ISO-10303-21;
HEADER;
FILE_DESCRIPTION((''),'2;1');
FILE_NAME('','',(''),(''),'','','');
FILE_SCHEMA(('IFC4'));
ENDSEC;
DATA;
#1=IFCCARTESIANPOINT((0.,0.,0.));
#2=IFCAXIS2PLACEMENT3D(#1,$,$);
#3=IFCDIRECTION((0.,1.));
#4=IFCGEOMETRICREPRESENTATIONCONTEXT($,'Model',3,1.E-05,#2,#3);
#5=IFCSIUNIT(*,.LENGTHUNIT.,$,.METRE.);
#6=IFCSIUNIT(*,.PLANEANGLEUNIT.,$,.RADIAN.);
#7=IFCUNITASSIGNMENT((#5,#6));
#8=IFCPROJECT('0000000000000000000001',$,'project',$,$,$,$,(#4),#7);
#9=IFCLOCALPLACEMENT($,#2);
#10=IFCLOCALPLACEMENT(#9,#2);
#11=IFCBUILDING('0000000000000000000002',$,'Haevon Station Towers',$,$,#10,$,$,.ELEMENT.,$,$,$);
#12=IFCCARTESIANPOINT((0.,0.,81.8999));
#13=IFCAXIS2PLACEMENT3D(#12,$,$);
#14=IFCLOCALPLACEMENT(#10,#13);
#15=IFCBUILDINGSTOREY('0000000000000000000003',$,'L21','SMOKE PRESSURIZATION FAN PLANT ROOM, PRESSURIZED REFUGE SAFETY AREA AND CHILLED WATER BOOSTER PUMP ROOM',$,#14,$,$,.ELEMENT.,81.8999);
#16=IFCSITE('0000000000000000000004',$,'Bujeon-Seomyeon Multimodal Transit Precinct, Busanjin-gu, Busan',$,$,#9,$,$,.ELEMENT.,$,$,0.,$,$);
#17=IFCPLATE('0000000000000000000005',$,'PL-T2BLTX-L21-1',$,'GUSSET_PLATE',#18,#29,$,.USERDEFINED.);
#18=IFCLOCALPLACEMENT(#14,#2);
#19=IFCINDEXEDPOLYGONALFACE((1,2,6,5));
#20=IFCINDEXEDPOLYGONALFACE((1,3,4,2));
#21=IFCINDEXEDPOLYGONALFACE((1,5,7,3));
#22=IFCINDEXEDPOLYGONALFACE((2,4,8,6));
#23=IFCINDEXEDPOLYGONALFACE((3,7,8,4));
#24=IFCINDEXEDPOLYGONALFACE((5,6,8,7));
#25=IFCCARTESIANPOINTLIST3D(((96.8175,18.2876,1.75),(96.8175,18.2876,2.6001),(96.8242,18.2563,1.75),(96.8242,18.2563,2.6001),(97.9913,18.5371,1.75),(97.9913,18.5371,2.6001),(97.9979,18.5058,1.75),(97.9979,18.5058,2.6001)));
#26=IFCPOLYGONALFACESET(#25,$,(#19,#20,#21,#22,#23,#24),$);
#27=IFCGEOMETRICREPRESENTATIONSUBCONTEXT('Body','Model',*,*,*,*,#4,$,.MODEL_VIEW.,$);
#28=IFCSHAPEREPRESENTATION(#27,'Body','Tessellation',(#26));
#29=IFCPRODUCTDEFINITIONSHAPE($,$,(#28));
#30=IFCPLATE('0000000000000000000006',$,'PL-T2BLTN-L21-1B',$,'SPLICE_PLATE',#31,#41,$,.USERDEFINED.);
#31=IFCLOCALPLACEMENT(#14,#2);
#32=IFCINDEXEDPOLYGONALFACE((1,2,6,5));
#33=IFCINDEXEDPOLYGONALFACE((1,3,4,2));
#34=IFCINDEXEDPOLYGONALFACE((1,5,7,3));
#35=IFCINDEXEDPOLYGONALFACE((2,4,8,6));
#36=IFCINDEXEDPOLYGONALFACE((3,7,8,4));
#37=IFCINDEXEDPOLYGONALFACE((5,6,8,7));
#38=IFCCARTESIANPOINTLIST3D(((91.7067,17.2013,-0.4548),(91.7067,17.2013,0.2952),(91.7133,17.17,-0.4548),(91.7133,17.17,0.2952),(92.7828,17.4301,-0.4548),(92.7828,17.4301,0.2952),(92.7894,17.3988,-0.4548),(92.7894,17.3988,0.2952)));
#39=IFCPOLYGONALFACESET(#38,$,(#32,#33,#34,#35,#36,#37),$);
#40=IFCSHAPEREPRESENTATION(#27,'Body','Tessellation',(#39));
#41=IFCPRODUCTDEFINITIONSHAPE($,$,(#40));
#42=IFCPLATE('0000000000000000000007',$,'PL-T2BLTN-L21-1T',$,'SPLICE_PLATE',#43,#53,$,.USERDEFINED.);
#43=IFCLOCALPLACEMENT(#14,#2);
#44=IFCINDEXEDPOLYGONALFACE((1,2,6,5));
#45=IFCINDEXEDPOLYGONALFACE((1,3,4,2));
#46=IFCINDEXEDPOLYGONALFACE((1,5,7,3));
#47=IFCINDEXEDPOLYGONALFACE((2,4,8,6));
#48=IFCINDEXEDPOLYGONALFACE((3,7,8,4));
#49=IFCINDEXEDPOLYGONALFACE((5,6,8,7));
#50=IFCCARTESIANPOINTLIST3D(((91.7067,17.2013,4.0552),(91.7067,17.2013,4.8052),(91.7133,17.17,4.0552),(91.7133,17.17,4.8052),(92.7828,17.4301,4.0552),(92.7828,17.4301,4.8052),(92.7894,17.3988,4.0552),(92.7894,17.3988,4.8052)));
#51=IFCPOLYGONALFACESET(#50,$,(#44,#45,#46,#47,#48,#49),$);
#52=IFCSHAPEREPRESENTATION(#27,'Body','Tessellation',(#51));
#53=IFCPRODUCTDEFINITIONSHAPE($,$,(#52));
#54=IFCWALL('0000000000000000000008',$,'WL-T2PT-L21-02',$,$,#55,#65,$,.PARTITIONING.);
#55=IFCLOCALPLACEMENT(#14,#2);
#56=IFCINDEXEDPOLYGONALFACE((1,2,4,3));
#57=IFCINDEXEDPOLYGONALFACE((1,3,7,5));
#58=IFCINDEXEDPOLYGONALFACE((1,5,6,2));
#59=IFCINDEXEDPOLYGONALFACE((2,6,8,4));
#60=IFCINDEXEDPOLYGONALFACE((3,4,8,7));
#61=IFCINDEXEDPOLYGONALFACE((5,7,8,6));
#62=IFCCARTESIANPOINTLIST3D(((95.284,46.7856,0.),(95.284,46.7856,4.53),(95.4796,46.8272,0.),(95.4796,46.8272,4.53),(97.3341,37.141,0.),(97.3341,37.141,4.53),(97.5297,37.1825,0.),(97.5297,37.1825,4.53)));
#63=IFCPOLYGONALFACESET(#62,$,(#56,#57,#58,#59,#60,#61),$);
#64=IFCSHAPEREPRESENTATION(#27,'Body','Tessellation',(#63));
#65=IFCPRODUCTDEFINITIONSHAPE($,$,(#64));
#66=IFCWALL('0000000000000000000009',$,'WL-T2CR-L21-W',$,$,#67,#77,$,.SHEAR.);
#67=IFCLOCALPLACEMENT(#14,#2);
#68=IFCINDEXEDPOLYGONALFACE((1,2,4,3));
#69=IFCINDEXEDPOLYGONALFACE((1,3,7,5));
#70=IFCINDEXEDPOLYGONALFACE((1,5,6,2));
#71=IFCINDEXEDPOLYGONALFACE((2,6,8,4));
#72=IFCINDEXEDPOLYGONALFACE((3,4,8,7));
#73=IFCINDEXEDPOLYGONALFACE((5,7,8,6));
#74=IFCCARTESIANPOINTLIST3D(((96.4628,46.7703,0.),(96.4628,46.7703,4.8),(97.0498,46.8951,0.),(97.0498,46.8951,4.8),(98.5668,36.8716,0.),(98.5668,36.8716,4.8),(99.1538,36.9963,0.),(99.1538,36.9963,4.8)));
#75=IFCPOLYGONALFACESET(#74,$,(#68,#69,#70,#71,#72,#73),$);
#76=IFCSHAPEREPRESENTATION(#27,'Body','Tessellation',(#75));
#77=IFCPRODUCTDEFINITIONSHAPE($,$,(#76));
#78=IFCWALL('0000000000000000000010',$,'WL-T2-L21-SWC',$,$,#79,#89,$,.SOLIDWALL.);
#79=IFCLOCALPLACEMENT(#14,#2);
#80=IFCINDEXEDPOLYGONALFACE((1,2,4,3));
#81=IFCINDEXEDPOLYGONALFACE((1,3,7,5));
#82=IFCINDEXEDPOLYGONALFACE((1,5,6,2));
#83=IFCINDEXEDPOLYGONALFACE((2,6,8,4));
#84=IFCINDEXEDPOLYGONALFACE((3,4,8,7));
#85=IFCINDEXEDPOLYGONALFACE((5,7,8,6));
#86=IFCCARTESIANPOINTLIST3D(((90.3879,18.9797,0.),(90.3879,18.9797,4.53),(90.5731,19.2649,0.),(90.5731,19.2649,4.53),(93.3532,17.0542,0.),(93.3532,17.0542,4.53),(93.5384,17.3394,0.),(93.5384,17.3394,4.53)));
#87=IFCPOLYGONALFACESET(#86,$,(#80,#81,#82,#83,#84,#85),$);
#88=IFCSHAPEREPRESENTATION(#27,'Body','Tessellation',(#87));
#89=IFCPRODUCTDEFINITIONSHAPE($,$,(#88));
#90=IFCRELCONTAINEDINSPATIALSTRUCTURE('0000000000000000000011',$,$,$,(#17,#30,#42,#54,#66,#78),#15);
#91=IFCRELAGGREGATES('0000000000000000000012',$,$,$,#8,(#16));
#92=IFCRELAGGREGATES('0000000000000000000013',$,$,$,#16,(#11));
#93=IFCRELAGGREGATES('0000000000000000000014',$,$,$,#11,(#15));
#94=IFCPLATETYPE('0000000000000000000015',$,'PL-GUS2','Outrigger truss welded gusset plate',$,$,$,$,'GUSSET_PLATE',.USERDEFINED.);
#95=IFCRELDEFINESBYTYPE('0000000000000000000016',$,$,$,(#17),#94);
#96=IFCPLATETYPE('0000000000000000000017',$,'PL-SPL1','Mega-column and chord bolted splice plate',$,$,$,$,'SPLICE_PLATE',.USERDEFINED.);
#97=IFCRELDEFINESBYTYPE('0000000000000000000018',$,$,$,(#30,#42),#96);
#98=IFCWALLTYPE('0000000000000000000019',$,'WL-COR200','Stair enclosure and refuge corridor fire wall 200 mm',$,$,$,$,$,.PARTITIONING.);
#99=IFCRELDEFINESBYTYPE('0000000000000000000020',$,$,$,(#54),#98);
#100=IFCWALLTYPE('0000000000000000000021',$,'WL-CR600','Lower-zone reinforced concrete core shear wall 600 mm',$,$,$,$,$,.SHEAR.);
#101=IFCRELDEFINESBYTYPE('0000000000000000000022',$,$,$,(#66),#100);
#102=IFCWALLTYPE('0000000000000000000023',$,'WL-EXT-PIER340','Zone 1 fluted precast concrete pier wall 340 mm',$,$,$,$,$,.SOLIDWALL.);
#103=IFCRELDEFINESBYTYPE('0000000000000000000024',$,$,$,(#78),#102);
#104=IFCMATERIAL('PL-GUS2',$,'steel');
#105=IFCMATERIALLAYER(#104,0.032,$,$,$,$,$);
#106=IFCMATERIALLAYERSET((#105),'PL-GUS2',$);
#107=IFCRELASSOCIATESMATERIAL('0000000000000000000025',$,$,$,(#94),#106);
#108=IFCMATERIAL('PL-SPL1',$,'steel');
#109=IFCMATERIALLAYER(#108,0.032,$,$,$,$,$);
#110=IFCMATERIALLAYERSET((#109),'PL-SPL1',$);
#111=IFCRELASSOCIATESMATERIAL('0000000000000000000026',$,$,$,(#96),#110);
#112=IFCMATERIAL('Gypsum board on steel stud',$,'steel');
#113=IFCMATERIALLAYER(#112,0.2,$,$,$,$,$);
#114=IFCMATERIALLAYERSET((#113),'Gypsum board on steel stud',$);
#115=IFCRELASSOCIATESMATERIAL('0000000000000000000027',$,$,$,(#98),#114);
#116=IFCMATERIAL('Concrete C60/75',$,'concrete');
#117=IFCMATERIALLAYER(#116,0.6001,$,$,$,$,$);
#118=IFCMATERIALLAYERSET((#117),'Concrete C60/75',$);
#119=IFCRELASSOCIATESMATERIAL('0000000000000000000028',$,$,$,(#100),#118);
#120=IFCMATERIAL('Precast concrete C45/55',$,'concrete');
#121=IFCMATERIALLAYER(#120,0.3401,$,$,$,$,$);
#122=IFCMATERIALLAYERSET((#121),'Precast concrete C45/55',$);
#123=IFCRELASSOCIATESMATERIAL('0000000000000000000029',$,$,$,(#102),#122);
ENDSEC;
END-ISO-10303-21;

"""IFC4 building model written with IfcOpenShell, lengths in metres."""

from ifc_helpers import new_model, si_unit, direction, frame, frame_2d, origin, origin_2d, place, context, subcontext, project, spatial, rectangle, extrude, material, layer, layer_set, type_object, element, save


model = new_model("IFC4")

# Units and contexts
model_context = context("Model", 3, precision=1e-05, world=origin(), true_north=direction((0.0, 1.0)))
body_context = subcontext(model_context, "Body", "Model", "MODEL_VIEW")
ifc_project = project(units=[si_unit("LENGTHUNIT", "METRE"), si_unit("PLANEANGLEUNIT", "RADIAN")], contexts=[model_context])

# Site, building, storey
site_placement = place(None, origin())
site = spatial("IfcSite", under=ifc_project, at=site_placement, Name="Bujeon-Seomyeon Multimodal Transit Precinct, Busanjin-gu, Busan", CompositionType="ELEMENT", RefElevation=0.0)
building_placement = place(site_placement, origin())
building = spatial("IfcBuilding", under=site, at=building_placement, Name="Haevon Station Towers", CompositionType="ELEMENT")
storey_placement = place(building_placement, frame((0.0, 0.0, 81.8999)))
storey = spatial("IfcBuildingStorey", under=building, at=storey_placement, Name="L21", Description="SMOKE PRESSURIZATION FAN PLANT ROOM, PRESSURIZED REFUGE SAFETY AREA AND CHILLED WATER BOOSTER PUMP ROOM", CompositionType="ELEMENT", Elevation=81.8999)

# Plates
ifc_material_1 = material(Name="PL-GUS2", Category="steel")
ifc_layer_1 = layer(ifc_material_1, 0.032)
ifc_layer_set_1 = layer_set([ifc_layer_1], Name="PL-GUS2")
plate_type_1 = type_object("IfcPlateType", Name="PL-GUS2", Description="Outrigger truss welded gusset plate", ElementType="GUSSET_PLATE", PredefinedType="USERDEFINED", material=ifc_layer_set_1)
for number, where, z_axis, x_axis, name in (
    (1, (97.4077, 18.3967, 1.75), (0.0, 0.0, 1.0), (0.978148, 0.207912, 0.0), "PL-T2BLTX-L21-1"),
):
    element("IfcPlate", number, at=place(storey_placement, frame(where, z_axis=z_axis, x_axis=x_axis)), inside=storey, type_object=plate_type_1, Name=name, ObjectType="GUSSET_PLATE", PredefinedType="USERDEFINED", context=body_context, shape_type="SweptSolid", body=[
        extrude(rectangle(XDim=1.2, YDim=0.032, at=origin_2d()), origin(), (0.0, 0.0, 1.0), 0.8501),
    ])
ifc_material_2 = material(Name="PL-SPL1", Category="steel")
ifc_layer_2 = layer(ifc_material_2, 0.032)
ifc_layer_set_2 = layer_set([ifc_layer_2], Name="PL-SPL1")
plate_type_2 = type_object("IfcPlateType", Name="PL-SPL1", Description="Mega-column and chord bolted splice plate", ElementType="SPLICE_PLATE", PredefinedType="USERDEFINED", material=ifc_layer_set_2)
for number, where, z_axis, x_axis, name in (
    (2, (92.248, 17.3, -0.4548), (0.0, 0.0, 1.0), (0.978148, 0.207912, 0.0), "PL-T2BLTN-L21-1B"),
    (3, (92.248, 17.3, 4.0552), (0.0, 0.0, 1.0), (0.978148, 0.207912, 0.0), "PL-T2BLTN-L21-1T"),
):
    element("IfcPlate", number, at=place(storey_placement, frame(where, z_axis=z_axis, x_axis=x_axis)), inside=storey, type_object=plate_type_2, Name=name, ObjectType="SPLICE_PLATE", PredefinedType="USERDEFINED", context=body_context, shape_type="SweptSolid", body=[
        extrude(rectangle(XDim=1.1001, YDim=0.032, at=origin_2d()), origin(), (0.0, 0.0, 1.0), 0.75),
    ])

# Walls
ifc_material_3 = material(Name="Gypsum board on steel stud", Category="steel")
ifc_layer_3 = layer(ifc_material_3, 0.2)
ifc_layer_set_3 = layer_set([ifc_layer_3], Name="Gypsum board on steel stud")
wall_type_1 = type_object("IfcWallType", Name="WL-COR200", Description="Stair enclosure and refuge corridor fire wall 200 mm", PredefinedType="PARTITIONING", material=ifc_layer_set_3)
wall_1_placement = place(storey_placement, frame((97.4319, 37.1616, 0.0), z_axis=(0.0, 0.0, 1.0), x_axis=(-0.207916, 0.978147, 0.0)))
element("IfcWall", 4, at=wall_1_placement, inside=storey, type_object=wall_type_1, Name="WL-T2PT-L21-02", PredefinedType="PARTITIONING", context=body_context, shape_type="SweptSolid", body=[
    extrude(rectangle(XDim=9.8601, YDim=0.2, at=frame_2d((4.9302, 0.0))), origin(), (0.0, 0.0, 1.0), 4.53),
])
ifc_material_4 = material(Name="Concrete C60/75", Category="concrete")
ifc_layer_4 = layer(ifc_material_4, 0.6001)
ifc_layer_set_4 = layer_set([ifc_layer_4], Name="Concrete C60/75")
wall_type_2 = type_object("IfcWallType", Name="WL-CR600", Description="Lower-zone reinforced concrete core shear wall 600 mm", PredefinedType="SHEAR", material=ifc_layer_set_4)
wall_2_placement = place(storey_placement, frame((98.8604, 36.9338, 0.0), z_axis=(0.0, 0.0, 1.0), x_axis=(-0.207909, 0.978148, 0.0)))
element("IfcWall", 5, at=wall_2_placement, inside=storey, type_object=wall_type_2, Name="WL-T2CR-L21-W", PredefinedType="SHEAR", context=body_context, shape_type="SweptSolid", body=[
    extrude(rectangle(XDim=10.1199, YDim=0.6001, at=frame_2d((5.0601, 0.0))), origin(), (0.0, 0.0, 1.0), 4.8),
])
ifc_material_5 = material(Name="Precast concrete C45/55", Category="concrete")
ifc_layer_5 = layer(ifc_material_5, 0.3401)
ifc_layer_set_5 = layer_set([ifc_layer_5], Name="Precast concrete C45/55")
wall_type_3 = type_object("IfcWallType", Name="WL-EXT-PIER340", Description="Zone 1 fluted precast concrete pier wall 340 mm", PredefinedType="SOLIDWALL", material=ifc_layer_set_5)
wall_3_placement = place(storey_placement, frame((93.4458, 17.1968, 0.0), z_axis=(0.0, 0.0, 1.0), x_axis=(-0.838693, 0.544605, 0.0)))
element("IfcWall", 6, at=wall_3_placement, inside=storey, type_object=wall_type_3, Name="WL-T2-L21-SWC", PredefinedType="SOLIDWALL", context=body_context, shape_type="SweptSolid", body=[
    extrude(rectangle(XDim=3.5356, YDim=0.3401, at=frame_2d((1.7678, 0.0))), origin(), (0.0, 0.0, 1.0), 4.53),
])

save(model, "model.ifc")
